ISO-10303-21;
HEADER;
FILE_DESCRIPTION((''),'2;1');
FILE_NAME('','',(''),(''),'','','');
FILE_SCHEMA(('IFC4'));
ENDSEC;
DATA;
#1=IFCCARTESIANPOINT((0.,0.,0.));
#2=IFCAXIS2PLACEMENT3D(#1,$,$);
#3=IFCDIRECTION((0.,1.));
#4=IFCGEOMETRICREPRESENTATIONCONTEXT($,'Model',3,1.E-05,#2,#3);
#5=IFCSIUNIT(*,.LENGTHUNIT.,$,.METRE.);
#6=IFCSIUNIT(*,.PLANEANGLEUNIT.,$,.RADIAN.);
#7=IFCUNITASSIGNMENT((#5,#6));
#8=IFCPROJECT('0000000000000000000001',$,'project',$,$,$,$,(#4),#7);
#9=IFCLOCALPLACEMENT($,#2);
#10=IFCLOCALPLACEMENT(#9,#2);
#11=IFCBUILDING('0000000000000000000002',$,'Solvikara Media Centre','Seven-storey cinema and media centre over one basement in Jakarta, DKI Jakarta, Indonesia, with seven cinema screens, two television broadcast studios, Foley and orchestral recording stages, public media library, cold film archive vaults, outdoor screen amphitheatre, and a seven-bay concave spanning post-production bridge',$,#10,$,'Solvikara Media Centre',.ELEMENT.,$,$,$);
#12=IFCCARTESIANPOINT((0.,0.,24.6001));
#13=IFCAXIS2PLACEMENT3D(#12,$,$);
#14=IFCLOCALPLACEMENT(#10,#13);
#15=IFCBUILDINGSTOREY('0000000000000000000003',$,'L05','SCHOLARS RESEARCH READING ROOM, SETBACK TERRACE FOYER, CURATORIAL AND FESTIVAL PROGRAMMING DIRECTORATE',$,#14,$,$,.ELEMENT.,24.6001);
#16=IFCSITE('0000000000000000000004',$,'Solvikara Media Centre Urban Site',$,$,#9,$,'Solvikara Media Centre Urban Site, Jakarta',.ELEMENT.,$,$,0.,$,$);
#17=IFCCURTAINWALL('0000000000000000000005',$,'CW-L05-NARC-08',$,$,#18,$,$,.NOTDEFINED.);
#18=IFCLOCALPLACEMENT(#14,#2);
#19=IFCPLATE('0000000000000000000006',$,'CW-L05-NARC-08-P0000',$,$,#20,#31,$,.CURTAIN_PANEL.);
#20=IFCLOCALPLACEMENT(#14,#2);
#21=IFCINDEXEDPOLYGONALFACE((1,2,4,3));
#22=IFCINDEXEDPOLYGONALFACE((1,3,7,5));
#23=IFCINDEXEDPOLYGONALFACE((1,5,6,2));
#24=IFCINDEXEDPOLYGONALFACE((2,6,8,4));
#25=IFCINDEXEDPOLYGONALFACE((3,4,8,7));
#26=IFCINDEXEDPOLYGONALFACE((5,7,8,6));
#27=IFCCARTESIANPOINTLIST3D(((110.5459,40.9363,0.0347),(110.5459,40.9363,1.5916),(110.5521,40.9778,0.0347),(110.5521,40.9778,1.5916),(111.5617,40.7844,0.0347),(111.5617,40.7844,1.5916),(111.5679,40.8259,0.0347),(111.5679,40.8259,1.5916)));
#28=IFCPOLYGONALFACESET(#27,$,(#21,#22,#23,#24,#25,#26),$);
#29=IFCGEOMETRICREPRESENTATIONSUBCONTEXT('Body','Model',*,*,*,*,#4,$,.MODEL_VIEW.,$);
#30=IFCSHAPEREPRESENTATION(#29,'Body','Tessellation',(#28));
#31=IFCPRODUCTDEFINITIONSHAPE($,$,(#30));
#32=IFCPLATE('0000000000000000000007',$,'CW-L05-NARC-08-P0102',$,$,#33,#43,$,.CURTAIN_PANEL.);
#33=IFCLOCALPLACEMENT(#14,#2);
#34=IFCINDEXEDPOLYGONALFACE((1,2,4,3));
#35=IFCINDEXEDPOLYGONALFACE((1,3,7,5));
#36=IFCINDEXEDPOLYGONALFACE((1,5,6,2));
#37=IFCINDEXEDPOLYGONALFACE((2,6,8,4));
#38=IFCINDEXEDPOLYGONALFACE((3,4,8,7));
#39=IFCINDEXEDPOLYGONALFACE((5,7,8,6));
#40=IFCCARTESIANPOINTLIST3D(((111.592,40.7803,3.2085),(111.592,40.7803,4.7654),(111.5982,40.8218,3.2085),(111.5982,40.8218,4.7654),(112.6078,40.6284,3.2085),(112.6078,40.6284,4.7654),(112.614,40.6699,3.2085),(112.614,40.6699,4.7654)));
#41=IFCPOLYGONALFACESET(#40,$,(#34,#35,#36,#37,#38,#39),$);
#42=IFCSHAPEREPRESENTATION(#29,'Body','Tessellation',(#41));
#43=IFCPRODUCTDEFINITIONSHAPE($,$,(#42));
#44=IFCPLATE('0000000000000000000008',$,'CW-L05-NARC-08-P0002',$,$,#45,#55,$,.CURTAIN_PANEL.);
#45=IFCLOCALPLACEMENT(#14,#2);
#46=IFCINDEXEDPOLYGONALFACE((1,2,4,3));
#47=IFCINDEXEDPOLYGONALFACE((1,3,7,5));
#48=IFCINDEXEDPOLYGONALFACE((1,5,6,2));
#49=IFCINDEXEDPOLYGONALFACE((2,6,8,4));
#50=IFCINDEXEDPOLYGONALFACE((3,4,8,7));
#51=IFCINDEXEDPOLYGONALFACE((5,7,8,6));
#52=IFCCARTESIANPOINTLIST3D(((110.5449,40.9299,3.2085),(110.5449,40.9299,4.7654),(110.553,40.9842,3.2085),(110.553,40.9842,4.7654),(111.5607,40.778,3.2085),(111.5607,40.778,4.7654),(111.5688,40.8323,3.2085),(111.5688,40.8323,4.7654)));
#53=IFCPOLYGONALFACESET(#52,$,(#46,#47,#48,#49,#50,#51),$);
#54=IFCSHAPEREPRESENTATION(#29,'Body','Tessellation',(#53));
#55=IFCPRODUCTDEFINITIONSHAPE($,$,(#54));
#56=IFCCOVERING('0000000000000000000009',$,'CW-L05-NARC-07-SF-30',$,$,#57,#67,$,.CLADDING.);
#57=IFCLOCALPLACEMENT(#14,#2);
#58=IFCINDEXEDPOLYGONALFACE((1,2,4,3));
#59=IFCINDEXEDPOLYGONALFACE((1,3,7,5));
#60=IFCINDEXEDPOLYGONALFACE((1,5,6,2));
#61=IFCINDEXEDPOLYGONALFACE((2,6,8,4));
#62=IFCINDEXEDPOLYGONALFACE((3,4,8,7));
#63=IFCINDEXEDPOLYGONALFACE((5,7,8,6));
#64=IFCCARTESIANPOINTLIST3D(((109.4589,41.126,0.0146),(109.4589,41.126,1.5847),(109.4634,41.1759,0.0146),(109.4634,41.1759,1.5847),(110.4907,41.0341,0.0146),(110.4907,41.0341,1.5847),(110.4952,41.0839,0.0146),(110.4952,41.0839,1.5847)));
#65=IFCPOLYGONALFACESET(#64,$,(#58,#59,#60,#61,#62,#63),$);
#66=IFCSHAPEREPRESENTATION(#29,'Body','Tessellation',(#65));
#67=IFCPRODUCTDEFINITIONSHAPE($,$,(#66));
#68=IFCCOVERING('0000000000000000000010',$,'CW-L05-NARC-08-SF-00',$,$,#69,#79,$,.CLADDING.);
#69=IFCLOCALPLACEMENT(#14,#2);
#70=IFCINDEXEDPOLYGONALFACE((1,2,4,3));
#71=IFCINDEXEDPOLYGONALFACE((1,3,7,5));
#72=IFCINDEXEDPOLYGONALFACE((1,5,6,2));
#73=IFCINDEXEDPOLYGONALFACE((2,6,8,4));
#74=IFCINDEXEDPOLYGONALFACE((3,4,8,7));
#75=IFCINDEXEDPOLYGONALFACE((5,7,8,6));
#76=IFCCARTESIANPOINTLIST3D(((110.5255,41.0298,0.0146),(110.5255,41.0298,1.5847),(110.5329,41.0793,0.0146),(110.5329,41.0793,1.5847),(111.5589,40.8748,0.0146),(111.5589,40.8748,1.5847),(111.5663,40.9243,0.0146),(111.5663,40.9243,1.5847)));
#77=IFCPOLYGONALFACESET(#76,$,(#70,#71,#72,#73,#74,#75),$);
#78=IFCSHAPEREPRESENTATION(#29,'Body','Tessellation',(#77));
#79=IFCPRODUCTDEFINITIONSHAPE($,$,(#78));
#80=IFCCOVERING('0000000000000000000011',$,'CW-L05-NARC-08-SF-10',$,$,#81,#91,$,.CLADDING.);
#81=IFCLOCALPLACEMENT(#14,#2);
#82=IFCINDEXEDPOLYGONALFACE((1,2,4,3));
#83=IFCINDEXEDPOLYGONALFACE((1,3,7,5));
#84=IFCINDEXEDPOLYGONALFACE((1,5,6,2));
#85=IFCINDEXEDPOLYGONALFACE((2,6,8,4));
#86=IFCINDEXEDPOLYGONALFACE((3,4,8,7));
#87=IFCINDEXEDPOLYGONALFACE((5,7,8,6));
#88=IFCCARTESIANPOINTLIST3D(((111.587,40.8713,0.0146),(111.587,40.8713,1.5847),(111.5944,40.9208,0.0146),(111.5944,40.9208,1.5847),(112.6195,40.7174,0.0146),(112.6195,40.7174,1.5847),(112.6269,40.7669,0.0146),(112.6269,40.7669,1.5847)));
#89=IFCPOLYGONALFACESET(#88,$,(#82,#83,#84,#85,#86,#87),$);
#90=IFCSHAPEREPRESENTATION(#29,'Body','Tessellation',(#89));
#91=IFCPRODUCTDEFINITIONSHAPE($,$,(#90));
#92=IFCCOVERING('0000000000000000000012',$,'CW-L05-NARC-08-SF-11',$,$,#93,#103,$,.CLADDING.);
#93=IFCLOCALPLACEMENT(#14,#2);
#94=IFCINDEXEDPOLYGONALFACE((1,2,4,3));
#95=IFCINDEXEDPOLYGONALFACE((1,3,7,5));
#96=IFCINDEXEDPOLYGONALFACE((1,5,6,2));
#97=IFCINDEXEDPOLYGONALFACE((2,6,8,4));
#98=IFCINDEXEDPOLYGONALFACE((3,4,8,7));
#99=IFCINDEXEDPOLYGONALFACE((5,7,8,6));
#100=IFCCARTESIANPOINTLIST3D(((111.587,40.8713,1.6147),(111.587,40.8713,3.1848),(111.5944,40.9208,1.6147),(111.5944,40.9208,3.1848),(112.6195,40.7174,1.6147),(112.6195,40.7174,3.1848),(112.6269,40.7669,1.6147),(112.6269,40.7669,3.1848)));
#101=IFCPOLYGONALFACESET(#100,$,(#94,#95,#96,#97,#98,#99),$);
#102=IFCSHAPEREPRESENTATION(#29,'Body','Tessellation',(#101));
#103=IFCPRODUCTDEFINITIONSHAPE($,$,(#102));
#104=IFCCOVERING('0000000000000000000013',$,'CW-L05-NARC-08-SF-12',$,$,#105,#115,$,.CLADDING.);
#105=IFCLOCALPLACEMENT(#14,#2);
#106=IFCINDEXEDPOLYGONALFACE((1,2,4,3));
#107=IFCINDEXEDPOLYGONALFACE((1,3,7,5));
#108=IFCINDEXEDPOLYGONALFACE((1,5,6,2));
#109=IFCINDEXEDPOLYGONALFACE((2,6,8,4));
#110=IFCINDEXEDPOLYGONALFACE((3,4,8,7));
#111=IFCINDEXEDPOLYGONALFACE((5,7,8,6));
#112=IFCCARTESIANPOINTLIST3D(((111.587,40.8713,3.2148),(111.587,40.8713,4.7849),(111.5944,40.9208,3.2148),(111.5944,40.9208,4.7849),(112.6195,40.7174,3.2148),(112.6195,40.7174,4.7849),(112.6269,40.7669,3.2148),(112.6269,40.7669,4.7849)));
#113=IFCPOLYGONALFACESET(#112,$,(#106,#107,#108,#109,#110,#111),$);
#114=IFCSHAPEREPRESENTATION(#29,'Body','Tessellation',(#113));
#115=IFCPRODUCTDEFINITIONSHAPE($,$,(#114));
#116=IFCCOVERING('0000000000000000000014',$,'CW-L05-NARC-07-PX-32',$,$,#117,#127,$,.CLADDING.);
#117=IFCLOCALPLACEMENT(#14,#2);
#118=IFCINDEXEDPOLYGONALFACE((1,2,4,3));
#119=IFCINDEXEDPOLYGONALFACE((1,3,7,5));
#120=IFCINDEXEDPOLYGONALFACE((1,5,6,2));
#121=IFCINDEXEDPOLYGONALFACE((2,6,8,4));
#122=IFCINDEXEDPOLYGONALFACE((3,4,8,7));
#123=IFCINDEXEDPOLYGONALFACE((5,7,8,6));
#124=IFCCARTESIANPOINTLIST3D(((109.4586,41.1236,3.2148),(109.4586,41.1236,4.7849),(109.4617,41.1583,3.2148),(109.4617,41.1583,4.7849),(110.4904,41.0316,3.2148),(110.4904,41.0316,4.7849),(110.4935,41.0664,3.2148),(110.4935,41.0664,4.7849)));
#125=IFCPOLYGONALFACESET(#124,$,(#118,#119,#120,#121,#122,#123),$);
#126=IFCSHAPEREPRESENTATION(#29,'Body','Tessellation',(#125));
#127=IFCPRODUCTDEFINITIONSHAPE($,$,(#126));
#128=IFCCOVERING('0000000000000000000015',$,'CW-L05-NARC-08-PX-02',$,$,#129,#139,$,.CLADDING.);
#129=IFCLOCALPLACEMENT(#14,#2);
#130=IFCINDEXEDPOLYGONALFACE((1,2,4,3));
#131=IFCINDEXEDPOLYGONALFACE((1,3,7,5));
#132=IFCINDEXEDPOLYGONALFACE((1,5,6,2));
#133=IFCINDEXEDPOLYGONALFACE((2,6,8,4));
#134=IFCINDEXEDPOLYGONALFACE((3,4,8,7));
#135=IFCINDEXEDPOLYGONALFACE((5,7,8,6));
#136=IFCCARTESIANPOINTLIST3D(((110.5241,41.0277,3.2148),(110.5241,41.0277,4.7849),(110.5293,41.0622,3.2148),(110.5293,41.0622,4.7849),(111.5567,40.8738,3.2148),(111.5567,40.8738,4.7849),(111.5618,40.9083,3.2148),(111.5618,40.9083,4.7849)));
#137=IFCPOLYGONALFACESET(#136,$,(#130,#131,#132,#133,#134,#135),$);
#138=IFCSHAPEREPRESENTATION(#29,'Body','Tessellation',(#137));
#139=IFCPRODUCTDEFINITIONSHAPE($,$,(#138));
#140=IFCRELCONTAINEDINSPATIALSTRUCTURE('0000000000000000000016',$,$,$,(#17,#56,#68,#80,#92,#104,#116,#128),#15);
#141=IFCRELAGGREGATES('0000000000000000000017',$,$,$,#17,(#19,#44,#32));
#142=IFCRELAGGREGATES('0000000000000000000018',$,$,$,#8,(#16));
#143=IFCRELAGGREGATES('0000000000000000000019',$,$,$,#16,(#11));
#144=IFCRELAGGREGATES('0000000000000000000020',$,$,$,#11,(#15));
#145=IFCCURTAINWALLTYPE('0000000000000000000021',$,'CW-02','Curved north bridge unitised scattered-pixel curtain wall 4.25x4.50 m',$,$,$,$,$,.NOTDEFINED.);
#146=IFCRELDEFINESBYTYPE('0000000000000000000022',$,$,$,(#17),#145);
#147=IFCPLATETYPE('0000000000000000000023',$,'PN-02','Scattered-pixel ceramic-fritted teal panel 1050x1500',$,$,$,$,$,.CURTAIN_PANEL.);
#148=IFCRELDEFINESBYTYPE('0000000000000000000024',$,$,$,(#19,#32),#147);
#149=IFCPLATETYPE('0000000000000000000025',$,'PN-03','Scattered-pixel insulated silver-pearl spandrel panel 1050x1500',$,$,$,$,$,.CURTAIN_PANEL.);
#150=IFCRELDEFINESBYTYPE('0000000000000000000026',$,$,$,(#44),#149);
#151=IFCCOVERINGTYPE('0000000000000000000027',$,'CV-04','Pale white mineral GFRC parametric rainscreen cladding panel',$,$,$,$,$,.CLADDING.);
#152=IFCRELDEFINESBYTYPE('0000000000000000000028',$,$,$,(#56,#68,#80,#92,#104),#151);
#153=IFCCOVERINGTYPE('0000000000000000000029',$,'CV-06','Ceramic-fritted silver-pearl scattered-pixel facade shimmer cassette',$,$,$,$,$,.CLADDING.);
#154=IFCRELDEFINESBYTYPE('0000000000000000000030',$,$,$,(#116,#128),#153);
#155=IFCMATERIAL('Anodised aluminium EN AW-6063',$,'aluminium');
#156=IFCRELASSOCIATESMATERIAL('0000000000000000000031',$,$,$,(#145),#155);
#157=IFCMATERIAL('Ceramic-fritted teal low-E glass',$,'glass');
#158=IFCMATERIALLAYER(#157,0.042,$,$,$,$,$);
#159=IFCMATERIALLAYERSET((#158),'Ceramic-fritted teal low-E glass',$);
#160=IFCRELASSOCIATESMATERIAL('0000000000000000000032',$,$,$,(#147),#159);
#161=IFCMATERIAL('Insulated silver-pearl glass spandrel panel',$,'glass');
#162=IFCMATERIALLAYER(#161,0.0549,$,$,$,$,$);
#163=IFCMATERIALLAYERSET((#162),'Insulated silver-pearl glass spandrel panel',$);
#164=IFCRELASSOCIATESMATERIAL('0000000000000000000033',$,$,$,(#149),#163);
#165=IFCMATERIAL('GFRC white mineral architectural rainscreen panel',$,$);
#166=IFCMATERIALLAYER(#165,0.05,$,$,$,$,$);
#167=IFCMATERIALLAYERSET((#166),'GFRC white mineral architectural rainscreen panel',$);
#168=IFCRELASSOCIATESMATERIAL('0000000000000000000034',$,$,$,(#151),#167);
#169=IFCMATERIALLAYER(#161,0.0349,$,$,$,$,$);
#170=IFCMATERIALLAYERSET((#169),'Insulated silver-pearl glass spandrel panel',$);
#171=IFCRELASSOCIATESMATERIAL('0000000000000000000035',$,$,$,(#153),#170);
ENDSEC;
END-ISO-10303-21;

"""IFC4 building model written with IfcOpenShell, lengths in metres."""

from ifc_helpers import new_model, si_unit, direction, frame, origin, origin_2d, place, context, subcontext, project, spatial, rectangle, extrude, material, layer, layer_set, type_object, element, aggregate, save


model = new_model("IFC4")

# Units and contexts
model_context = context("Model", 3, precision=1e-05, world=origin(), true_north=direction((0.0, 1.0)))
body_context = subcontext(model_context, "Body", "Model", "MODEL_VIEW")
ifc_project = project(units=[si_unit("LENGTHUNIT", "METRE"), si_unit("PLANEANGLEUNIT", "RADIAN")], contexts=[model_context])

# Site, building, storey
site_placement = place(None, origin())
site = spatial("IfcSite", under=ifc_project, at=site_placement, Name="Solvikara Media Centre Urban Site", LongName="Solvikara Media Centre Urban Site, Jakarta", CompositionType="ELEMENT", RefElevation=0.0)
building_placement = place(site_placement, origin())
building = spatial("IfcBuilding", under=site, at=building_placement, Name="Solvikara Media Centre", Description="Seven-storey cinema and media centre over one basement in Jakarta, DKI Jakarta, Indonesia, with seven cinema screens, two television broadcast studios, Foley and orchestral recording stages, public media library, cold film archive vaults, outdoor screen amphitheatre, and a seven-bay concave spanning post-production bridge", LongName="Solvikara Media Centre", CompositionType="ELEMENT")
storey_placement = place(building_placement, frame((0.0, 0.0, 24.6001)))
storey = spatial("IfcBuildingStorey", under=building, at=storey_placement, Name="L05", Description="SCHOLARS RESEARCH READING ROOM, SETBACK TERRACE FOYER, CURATORIAL AND FESTIVAL PROGRAMMING DIRECTORATE", CompositionType="ELEMENT", Elevation=24.6001)

# Shared definitions
ifc_material_1 = material(Name="Anodised aluminium EN AW-6063", Category="aluminium")
curtain_wall_type = type_object("IfcCurtainWallType", Name="CW-02", Description="Curved north bridge unitised scattered-pixel curtain wall 4.25x4.50 m", PredefinedType="NOTDEFINED", material=ifc_material_1)

# Curtain wall
curtain_wall_1_placement = place(storey_placement, origin())
curtain_wall_1 = element("IfcCurtainWall", 1, at=curtain_wall_1_placement, inside=storey, type_object=curtain_wall_type, Name="CW-L05-NARC-08", PredefinedType="NOTDEFINED")

# Plates
ifc_material_2 = material(Name="Ceramic-fritted teal low-E glass", Category="glass")
ifc_layer_1 = layer(ifc_material_2, 0.042)
ifc_layer_set_1 = layer_set([ifc_layer_1], Name="Ceramic-fritted teal low-E glass")
plate_type_1 = type_object("IfcPlateType", Name="PN-02", Description="Scattered-pixel ceramic-fritted teal panel 1050x1500", PredefinedType="CURTAIN_PANEL", material=ifc_layer_set_1)
plate_1_placement = place(storey_placement, frame((111.0569, 40.8811, 0.0347), z_axis=(0.0, 0.0, 1.0), x_axis=(0.989006, -0.147878, 0.0)))
plate_1 = element("IfcPlate", 2, at=plate_1_placement, type_object=plate_type_1, Name="CW-L05-NARC-08-P0000", PredefinedType="CURTAIN_PANEL", context=body_context, shape_type="SweptSolid", body=[
    extrude(rectangle(XDim=1.0271, YDim=0.042, at=origin_2d()), origin(), (0.0, 0.0, 1.0), 1.5569),
])
plate_2_placement = place(storey_placement, frame((112.103, 40.7251, 3.2085), z_axis=(0.0, 0.0, 1.0), x_axis=(0.989006, -0.147878, 0.0)))
plate_2 = element("IfcPlate", 3, at=plate_2_placement, type_object=plate_type_1, Name="CW-L05-NARC-08-P0102", PredefinedType="CURTAIN_PANEL", context=body_context, shape_type="SweptSolid", body=[
    extrude(rectangle(XDim=1.0271, YDim=0.042, at=origin_2d()), origin(), (0.0, 0.0, 1.0), 1.5569),
])
ifc_material_3 = material(Name="Insulated silver-pearl glass spandrel panel", Category="glass")
ifc_layer_2 = layer(ifc_material_3, 0.0549)
ifc_layer_set_2 = layer_set([ifc_layer_2], Name="Insulated silver-pearl glass spandrel panel")
plate_type_2 = type_object("IfcPlateType", Name="PN-03", Description="Scattered-pixel insulated silver-pearl spandrel panel 1050x1500", PredefinedType="CURTAIN_PANEL", material=ifc_layer_set_2)
plate_3_placement = place(storey_placement, frame((111.0569, 40.8811, 3.2085), z_axis=(0.0, 0.0, 1.0), x_axis=(0.989006, -0.147878, 0.0)))
plate_3 = element("IfcPlate", 4, at=plate_3_placement, type_object=plate_type_2, Name="CW-L05-NARC-08-P0002", PredefinedType="CURTAIN_PANEL", context=body_context, shape_type="SweptSolid", body=[
    extrude(rectangle(XDim=1.0271, YDim=0.0549, at=origin_2d()), origin(), (0.0, 0.0, 1.0), 1.5569),
])
aggregate(curtain_wall_1, [plate_1, plate_3, plate_2])

# Coverings
ifc_material_4 = material(Name="GFRC white mineral architectural rainscreen panel")
ifc_layer_3 = layer(ifc_material_4, 0.05)
ifc_layer_set_3 = layer_set([ifc_layer_3], Name="GFRC white mineral architectural rainscreen panel")
covering_type_1 = type_object("IfcCoveringType", Name="CV-04", Description="Pale white mineral GFRC parametric rainscreen cladding panel", PredefinedType="CLADDING", material=ifc_layer_set_3)
covering_1_placement = place(storey_placement, frame((109.9771, 41.105, 0.0146), z_axis=(0.0, 0.0, 1.0), x_axis=(0.99605, -0.08879, 0.0)))
element("IfcCovering", 5, at=covering_1_placement, inside=storey, type_object=covering_type_1, Name="CW-L05-NARC-07-SF-30", PredefinedType="CLADDING", context=body_context, shape_type="SweptSolid", body=[
    extrude(rectangle(XDim=1.0359, YDim=0.05, at=origin_2d()), origin(), (0.0, 0.0, 1.0), 1.5701),
])
covering_2_placement = place(storey_placement, frame((111.0459, 40.9771, 0.0146), z_axis=(0.0, 0.0, 1.0), x_axis=(0.988931, -0.148379, 0.0)))
element("IfcCovering", 6, at=covering_2_placement, inside=storey, type_object=covering_type_1, Name="CW-L05-NARC-08-SF-00", PredefinedType="CLADDING", context=body_context, shape_type="SweptSolid", body=[
    extrude(rectangle(XDim=1.0449, YDim=0.05, at=origin_2d()), origin(), (0.0, 0.0, 1.0), 1.5701),
])
for number, where, z_axis, x_axis, name in (
    (7, (112.1069, 40.8191, 0.0146), (0.0, 0.0, 1.0), (0.98907, -0.147447, 0.0), "CW-L05-NARC-08-SF-10"),
    (8, (112.1069, 40.8191, 1.6147), (0.0, 0.0, 1.0), (0.98907, -0.147447, 0.0), "CW-L05-NARC-08-SF-11"),
    (9, (112.1069, 40.8191, 3.2148), (0.0, 0.0, 1.0), (0.98907, -0.147447, 0.0), "CW-L05-NARC-08-SF-12"),
):
    element("IfcCovering", number, at=place(storey_placement, frame(where, z_axis=z_axis, x_axis=x_axis)), inside=storey, type_object=covering_type_1, Name=name, PredefinedType="CLADDING", context=body_context, shape_type="SweptSolid", body=[
        extrude(rectangle(XDim=1.0439, YDim=0.05, at=origin_2d()), origin(), (0.0, 0.0, 1.0), 1.5701),
    ])
ifc_layer_4 = layer(ifc_material_3, 0.0349)
ifc_layer_set_4 = layer_set([ifc_layer_4], Name="Insulated silver-pearl glass spandrel panel")
covering_type_2 = type_object("IfcCoveringType", Name="CV-06", Description="Ceramic-fritted silver-pearl scattered-pixel facade shimmer cassette", PredefinedType="CLADDING", material=ifc_layer_set_4)
covering_3_placement = place(storey_placement, frame((109.9761, 41.095, 3.2148), z_axis=(0.0, 0.0, 1.0), x_axis=(0.99605, -0.08879, 0.0)))
element("IfcCovering", 10, at=covering_3_placement, inside=storey, type_object=covering_type_2, Name="CW-L05-NARC-07-PX-32", PredefinedType="CLADDING", context=body_context, shape_type="SweptSolid", body=[
    extrude(rectangle(XDim=1.0359, YDim=0.0349, at=origin_2d()), origin(), (0.0, 0.0, 1.0), 1.5701),
])
covering_4_placement = place(storey_placement, frame((111.043, 40.968, 3.2148), z_axis=(0.0, 0.0, 1.0), x_axis=(0.98907, -0.147447, 0.0)))
element("IfcCovering", 11, at=covering_4_placement, inside=storey, type_object=covering_type_2, Name="CW-L05-NARC-08-PX-02", PredefinedType="CLADDING", context=body_context, shape_type="SweptSolid", body=[
    extrude(rectangle(XDim=1.0439, YDim=0.0349, at=origin_2d()), origin(), (0.0, 0.0, 1.0), 1.5701),
])

save(model, "model.ifc")
